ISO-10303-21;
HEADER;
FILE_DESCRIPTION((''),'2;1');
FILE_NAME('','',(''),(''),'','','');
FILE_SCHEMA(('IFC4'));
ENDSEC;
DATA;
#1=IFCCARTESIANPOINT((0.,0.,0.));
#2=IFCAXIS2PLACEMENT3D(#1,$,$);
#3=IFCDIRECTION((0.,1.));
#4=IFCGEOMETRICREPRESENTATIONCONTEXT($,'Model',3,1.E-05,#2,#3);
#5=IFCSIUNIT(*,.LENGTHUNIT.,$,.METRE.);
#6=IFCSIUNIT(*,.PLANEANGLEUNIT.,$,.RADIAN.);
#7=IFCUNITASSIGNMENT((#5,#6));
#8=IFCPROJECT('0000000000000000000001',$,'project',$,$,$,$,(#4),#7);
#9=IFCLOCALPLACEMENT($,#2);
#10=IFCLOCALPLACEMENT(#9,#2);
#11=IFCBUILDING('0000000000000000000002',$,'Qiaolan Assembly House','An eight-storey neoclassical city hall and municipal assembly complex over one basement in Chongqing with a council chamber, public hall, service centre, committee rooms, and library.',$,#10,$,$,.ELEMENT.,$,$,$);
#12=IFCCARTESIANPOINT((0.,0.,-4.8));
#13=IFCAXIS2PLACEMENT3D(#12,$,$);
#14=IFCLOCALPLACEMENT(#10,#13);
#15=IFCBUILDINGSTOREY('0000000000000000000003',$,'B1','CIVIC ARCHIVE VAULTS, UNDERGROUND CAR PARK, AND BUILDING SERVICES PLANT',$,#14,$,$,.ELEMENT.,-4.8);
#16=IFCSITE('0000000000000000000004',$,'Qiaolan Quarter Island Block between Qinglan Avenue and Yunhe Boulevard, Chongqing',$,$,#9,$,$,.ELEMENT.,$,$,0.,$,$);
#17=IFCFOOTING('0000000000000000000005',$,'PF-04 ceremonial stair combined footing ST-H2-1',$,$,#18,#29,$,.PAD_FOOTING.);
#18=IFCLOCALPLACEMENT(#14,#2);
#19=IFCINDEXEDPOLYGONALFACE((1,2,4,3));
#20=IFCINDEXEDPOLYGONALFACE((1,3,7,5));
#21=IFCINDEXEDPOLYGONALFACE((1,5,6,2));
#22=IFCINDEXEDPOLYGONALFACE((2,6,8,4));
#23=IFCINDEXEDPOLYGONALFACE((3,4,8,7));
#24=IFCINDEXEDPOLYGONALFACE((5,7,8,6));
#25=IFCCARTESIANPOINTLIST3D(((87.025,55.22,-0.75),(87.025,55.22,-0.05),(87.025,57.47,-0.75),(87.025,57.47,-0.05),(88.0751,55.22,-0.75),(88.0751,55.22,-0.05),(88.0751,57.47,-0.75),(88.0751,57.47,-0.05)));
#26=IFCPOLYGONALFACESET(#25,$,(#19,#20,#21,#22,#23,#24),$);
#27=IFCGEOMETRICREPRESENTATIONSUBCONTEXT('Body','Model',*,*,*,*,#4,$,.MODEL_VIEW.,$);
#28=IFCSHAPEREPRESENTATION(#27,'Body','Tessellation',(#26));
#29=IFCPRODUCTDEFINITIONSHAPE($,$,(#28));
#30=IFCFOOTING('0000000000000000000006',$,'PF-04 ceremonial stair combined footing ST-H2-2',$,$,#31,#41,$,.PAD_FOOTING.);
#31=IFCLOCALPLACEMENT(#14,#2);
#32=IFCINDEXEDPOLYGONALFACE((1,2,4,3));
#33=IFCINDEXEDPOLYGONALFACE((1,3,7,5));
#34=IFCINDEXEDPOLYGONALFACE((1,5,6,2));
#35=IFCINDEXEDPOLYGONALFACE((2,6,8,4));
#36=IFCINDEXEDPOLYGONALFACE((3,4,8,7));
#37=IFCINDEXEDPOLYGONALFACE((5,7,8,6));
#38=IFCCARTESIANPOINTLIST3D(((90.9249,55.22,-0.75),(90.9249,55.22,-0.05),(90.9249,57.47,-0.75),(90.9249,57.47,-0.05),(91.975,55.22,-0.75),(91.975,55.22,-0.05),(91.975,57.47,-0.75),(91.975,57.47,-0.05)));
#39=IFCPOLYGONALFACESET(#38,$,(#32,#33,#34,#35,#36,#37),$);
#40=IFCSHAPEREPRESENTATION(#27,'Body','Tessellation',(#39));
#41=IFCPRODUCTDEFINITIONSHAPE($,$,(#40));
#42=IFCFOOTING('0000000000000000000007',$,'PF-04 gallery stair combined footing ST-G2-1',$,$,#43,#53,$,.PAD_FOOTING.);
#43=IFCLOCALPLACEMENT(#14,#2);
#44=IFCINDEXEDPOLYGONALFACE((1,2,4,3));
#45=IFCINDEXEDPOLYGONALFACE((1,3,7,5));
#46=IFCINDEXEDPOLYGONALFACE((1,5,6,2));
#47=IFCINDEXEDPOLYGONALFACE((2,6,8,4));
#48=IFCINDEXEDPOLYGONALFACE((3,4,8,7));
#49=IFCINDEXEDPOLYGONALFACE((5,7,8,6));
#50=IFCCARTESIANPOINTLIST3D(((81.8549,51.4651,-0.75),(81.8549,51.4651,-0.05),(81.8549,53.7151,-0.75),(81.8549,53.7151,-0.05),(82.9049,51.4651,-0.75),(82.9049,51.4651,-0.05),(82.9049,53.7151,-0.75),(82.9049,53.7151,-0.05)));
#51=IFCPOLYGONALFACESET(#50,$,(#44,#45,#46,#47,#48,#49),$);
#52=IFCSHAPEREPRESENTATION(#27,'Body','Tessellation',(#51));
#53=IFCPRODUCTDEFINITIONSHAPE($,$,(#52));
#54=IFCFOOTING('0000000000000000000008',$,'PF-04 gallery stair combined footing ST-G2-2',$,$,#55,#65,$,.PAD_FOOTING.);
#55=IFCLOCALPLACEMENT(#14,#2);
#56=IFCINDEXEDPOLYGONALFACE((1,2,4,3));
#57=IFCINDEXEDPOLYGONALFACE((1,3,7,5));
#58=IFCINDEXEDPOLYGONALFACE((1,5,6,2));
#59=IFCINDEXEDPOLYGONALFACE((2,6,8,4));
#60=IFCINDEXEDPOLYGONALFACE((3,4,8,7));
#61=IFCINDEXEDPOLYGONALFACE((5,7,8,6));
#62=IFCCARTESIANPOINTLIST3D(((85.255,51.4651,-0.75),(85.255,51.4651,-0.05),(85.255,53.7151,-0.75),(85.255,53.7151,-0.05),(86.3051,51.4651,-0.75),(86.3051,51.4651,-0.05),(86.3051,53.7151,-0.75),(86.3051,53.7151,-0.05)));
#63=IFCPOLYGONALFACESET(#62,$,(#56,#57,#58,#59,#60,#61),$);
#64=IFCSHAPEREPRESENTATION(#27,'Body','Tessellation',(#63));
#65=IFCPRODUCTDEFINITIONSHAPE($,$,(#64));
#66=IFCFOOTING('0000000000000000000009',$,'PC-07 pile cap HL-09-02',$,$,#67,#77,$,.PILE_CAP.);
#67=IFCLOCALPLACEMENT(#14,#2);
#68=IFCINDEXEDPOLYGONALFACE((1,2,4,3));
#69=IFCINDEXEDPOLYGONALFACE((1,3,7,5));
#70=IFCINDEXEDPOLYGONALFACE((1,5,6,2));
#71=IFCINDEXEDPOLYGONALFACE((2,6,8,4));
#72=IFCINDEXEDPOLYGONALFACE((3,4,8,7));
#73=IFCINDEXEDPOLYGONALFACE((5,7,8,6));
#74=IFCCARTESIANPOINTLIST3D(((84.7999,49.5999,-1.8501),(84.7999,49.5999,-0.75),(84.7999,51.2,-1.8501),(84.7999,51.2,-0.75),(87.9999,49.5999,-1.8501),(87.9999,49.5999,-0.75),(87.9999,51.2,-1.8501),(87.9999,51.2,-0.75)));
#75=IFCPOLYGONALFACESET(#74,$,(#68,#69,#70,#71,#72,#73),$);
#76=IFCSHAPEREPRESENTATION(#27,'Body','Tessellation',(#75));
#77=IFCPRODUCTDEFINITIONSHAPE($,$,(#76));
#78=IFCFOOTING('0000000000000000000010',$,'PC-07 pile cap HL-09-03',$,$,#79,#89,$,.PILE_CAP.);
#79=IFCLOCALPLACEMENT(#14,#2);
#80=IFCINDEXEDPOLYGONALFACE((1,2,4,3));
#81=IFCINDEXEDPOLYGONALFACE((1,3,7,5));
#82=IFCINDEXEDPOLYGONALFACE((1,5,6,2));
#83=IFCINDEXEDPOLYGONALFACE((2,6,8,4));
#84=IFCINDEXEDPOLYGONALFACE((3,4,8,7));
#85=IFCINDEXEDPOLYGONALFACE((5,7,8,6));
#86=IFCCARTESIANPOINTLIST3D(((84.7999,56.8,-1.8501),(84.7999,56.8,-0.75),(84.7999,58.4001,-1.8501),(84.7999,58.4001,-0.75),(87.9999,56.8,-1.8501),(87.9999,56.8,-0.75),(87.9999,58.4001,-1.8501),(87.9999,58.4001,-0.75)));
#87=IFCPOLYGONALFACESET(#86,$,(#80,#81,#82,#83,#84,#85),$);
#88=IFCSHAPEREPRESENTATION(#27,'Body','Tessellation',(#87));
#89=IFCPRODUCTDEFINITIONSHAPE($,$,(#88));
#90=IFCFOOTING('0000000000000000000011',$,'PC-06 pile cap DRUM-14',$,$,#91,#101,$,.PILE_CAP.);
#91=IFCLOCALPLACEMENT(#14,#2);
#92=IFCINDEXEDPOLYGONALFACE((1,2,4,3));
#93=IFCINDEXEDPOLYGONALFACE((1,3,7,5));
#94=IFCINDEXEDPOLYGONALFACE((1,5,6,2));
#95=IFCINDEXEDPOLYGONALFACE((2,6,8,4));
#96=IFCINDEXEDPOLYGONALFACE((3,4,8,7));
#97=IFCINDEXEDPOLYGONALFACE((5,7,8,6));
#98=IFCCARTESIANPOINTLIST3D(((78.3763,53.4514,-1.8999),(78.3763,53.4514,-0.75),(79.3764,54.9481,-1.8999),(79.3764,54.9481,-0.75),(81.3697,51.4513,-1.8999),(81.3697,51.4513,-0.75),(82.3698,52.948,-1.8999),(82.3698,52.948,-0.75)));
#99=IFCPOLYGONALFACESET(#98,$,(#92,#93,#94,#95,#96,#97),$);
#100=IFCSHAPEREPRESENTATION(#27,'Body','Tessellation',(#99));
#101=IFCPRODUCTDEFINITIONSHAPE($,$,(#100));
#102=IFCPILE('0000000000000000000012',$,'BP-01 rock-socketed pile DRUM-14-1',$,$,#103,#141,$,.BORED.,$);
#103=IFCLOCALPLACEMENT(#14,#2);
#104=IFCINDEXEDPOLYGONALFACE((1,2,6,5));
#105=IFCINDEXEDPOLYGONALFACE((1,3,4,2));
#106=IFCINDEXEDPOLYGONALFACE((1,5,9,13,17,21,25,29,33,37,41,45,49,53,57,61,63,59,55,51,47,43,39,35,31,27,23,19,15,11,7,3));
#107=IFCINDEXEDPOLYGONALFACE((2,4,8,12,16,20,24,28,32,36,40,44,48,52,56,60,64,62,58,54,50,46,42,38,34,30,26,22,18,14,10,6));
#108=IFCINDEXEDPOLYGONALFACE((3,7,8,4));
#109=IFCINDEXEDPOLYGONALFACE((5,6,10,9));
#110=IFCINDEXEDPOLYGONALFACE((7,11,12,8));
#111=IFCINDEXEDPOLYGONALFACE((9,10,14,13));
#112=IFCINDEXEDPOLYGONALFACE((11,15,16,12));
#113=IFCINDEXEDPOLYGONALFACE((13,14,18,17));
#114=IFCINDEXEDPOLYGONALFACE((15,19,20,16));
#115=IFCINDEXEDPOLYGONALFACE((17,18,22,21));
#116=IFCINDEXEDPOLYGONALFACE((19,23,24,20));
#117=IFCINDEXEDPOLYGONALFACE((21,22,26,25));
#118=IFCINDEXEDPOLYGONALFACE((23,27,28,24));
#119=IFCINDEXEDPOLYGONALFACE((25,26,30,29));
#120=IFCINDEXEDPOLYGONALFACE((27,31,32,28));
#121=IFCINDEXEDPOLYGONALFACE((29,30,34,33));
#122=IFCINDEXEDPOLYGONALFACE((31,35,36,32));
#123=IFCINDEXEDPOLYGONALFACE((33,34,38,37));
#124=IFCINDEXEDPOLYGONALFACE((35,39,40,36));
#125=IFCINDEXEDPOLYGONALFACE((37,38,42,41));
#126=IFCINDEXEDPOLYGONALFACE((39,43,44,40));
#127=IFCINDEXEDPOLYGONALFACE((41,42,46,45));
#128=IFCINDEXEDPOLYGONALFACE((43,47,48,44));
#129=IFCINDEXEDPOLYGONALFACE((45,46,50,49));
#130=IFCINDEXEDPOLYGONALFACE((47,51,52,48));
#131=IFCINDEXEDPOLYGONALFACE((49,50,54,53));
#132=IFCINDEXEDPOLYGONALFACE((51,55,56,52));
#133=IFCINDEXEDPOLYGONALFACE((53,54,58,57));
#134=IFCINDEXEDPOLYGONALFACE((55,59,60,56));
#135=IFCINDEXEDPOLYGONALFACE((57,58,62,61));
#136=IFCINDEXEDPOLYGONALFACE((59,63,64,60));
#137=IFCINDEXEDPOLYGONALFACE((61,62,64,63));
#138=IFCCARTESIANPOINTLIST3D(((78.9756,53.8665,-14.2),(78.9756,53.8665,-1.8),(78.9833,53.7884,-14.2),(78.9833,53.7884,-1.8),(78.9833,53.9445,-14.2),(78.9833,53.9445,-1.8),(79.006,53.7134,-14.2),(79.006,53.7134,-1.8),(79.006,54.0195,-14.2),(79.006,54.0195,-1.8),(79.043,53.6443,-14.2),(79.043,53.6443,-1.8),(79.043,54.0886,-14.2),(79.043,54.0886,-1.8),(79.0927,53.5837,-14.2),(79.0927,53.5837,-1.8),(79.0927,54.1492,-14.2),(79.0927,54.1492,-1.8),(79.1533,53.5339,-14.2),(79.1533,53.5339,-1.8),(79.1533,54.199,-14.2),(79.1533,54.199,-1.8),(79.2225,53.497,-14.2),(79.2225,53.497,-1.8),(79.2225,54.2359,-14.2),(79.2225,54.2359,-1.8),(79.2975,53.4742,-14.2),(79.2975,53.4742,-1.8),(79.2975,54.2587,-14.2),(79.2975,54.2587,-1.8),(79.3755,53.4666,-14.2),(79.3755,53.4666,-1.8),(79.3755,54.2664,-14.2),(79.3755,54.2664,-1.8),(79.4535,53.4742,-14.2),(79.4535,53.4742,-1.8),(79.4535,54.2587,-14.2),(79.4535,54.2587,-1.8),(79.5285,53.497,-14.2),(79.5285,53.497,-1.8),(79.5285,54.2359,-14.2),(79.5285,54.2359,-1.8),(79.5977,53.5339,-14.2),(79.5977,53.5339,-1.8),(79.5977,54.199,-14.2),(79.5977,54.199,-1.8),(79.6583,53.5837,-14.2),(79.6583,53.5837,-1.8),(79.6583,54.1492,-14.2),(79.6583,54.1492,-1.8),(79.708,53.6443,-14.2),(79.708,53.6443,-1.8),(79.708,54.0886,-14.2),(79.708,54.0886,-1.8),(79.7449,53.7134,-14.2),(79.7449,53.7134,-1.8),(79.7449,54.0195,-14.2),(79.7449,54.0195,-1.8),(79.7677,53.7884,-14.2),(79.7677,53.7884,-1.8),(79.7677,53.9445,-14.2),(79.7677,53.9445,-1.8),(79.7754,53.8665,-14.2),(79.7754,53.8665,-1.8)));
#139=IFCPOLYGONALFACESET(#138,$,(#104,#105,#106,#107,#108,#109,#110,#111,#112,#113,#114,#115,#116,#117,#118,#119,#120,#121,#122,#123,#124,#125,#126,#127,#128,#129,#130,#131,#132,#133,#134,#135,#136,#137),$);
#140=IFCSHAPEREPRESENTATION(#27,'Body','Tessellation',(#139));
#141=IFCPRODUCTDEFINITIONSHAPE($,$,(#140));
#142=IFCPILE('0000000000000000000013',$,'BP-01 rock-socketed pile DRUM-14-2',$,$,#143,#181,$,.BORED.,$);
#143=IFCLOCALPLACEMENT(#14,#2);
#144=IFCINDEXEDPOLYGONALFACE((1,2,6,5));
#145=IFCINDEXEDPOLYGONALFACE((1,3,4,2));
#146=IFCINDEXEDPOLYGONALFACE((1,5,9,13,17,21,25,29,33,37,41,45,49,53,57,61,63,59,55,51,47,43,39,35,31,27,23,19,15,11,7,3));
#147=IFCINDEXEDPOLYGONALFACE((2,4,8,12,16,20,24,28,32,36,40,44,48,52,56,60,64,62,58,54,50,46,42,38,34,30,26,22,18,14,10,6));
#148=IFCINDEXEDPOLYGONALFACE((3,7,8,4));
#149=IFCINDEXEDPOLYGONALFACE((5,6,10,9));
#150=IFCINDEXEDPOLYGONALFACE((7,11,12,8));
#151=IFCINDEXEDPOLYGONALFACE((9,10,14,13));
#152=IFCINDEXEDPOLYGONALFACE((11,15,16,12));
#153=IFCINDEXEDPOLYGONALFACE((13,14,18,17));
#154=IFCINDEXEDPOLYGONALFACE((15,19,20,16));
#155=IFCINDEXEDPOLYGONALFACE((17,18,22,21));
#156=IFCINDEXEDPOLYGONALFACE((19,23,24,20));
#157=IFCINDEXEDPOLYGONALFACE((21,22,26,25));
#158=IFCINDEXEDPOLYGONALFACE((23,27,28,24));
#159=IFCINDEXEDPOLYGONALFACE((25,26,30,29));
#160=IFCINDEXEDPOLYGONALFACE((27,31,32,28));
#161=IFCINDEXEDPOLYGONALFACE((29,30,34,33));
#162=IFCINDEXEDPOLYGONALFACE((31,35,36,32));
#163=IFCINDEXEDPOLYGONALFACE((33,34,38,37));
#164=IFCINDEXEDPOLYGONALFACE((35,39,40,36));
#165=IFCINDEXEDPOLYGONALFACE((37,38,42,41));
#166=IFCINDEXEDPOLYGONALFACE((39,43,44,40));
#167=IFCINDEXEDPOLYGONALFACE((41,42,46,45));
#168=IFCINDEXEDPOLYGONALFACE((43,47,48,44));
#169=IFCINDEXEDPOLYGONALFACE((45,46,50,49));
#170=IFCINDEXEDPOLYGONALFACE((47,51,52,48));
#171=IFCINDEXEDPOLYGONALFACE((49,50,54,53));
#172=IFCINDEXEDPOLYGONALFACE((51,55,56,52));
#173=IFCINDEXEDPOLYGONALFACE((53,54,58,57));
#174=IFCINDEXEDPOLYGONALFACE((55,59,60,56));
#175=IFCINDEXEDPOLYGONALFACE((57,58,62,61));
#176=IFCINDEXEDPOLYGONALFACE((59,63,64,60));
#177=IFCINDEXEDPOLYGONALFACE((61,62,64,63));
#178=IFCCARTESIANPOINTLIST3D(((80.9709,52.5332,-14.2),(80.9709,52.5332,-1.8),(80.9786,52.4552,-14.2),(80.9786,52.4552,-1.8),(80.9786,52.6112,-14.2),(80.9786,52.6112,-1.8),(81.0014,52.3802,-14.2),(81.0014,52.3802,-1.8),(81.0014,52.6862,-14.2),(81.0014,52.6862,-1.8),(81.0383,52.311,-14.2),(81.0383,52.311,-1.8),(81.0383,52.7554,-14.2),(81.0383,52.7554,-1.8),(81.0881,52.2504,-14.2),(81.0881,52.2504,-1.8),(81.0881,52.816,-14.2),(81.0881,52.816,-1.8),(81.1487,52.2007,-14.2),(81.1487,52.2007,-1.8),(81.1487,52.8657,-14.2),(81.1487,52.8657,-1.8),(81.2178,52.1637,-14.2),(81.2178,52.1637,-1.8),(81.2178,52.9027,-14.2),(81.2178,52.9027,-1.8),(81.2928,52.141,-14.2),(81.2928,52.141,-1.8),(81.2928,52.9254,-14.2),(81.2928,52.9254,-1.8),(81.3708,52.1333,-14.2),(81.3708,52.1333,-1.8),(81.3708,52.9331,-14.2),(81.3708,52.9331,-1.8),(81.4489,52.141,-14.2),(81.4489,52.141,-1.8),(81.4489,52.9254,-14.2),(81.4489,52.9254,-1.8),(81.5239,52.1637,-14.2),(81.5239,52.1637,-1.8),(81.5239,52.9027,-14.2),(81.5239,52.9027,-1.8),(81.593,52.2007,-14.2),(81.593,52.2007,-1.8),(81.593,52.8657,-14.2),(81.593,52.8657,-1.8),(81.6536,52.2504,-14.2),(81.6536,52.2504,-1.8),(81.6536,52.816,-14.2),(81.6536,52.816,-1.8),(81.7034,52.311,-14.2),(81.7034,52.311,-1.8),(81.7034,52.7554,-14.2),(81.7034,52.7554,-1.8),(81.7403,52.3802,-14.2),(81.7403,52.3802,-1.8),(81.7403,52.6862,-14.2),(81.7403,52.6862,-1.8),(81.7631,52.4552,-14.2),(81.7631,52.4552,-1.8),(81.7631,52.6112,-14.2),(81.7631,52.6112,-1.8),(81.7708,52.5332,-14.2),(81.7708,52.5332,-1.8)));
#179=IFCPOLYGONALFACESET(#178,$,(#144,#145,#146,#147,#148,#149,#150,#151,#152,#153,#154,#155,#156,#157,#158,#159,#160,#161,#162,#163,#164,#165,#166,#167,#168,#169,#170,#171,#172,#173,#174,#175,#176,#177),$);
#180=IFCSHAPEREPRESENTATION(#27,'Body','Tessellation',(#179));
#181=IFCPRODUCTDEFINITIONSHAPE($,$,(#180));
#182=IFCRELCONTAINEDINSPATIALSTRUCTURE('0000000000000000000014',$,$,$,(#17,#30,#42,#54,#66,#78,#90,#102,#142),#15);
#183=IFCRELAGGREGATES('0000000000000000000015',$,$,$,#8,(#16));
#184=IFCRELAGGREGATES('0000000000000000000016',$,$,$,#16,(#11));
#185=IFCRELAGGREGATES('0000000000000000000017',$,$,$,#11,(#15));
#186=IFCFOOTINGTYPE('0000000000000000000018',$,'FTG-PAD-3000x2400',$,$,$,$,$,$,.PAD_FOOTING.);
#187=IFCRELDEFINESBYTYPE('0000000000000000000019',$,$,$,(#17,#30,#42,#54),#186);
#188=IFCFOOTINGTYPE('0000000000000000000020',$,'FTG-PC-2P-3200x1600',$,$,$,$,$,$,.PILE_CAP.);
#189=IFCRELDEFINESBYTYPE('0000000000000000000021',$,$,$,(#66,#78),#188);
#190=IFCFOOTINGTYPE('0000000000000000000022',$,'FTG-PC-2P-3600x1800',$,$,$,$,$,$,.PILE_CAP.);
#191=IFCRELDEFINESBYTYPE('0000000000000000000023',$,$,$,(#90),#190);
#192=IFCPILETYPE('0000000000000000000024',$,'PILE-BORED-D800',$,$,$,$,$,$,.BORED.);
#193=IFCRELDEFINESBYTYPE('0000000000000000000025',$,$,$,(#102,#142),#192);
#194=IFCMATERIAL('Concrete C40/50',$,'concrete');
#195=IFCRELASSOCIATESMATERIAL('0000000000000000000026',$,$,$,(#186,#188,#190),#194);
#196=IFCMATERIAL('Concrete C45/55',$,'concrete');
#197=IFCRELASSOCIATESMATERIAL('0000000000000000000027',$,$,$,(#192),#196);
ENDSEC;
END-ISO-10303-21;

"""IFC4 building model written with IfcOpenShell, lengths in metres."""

from ifc_helpers import new_model, si_unit, direction, frame, origin, origin_2d, place, context, subcontext, project, spatial, rectangle, circle, extrude, material, material_profile, profile_set, type_object, element, save


model = new_model("IFC4")

# Units and contexts
model_context = context("Model", 3, precision=1e-05, world=origin(), true_north=direction((0.0, 1.0)))
body_context = subcontext(model_context, "Body", "Model", "MODEL_VIEW")
ifc_project = project(units=[si_unit("LENGTHUNIT", "METRE"), si_unit("PLANEANGLEUNIT", "RADIAN")], contexts=[model_context])

# Site, building, storey
site_placement = place(None, origin())
site = spatial("IfcSite", under=ifc_project, at=site_placement, Name="Qiaolan Quarter Island Block between Qinglan Avenue and Yunhe Boulevard, Chongqing", CompositionType="ELEMENT", RefElevation=0.0)
building_placement = place(site_placement, origin())
building = spatial("IfcBuilding", under=site, at=building_placement, Name="Qiaolan Assembly House", Description="An eight-storey neoclassical city hall and municipal assembly complex over one basement in Chongqing with a council chamber, public hall, service centre, committee rooms, and library.", CompositionType="ELEMENT")
storey_placement = place(building_placement, frame((0.0, 0.0, -4.8)))
storey = spatial("IfcBuildingStorey", under=building, at=storey_placement, Name="B1", Description="CIVIC ARCHIVE VAULTS, UNDERGROUND CAR PARK, AND BUILDING SERVICES PLANT", CompositionType="ELEMENT", Elevation=-4.8)

# Footings
ifc_material_1 = material(Name="Concrete C40/50", Category="concrete")
footing_type_1 = type_object("IfcFootingType", Name="FTG-PAD-3000x2400", PredefinedType="PAD_FOOTING", material=ifc_material_1)
for number, where, z_axis, x_axis, name in (
    (1, (87.55, 56.345, -0.75), (0.0, 0.0, 1.0), (1.0, 0.0, 0.0), "PF-04 ceremonial stair combined footing ST-H2-1"),
    (2, (91.45, 56.345, -0.75), (0.0, 0.0, 1.0), (1.0, 0.0, 0.0), "PF-04 ceremonial stair combined footing ST-H2-2"),
    (3, (82.3799, 52.5901, -0.75), (0.0, 0.0, 1.0), (1.0, 0.0, 0.0), "PF-04 gallery stair combined footing ST-G2-1"),
    (4, (85.78, 52.5901, -0.75), (0.0, 0.0, 1.0), (1.0, 0.0, 0.0), "PF-04 gallery stair combined footing ST-G2-2"),
):
    element("IfcFooting", number, at=place(storey_placement, frame(where, z_axis=z_axis, x_axis=x_axis)), inside=storey, type_object=footing_type_1, Name=name, PredefinedType="PAD_FOOTING", context=body_context, shape_type="SweptSolid", body=[
        extrude(rectangle(XDim=1.05, YDim=2.25, at=origin_2d()), origin(), (0.0, 0.0, 1.0), 0.7),
    ])
footing_type_2 = type_object("IfcFootingType", Name="FTG-PC-2P-3200x1600", PredefinedType="PILE_CAP", material=ifc_material_1)
for number, where, z_axis, x_axis, name in (
    (5, (86.3999, 50.3999, -1.8501), (0.0, 0.0, 1.0), (1.0, 0.0, 0.0), "PC-07 pile cap HL-09-02"),
    (6, (86.3999, 57.6001, -1.8501), (0.0, 0.0, 1.0), (1.0, 0.0, 0.0), "PC-07 pile cap HL-09-03"),
):
    element("IfcFooting", number, at=place(storey_placement, frame(where, z_axis=z_axis, x_axis=x_axis)), inside=storey, type_object=footing_type_2, Name=name, PredefinedType="PILE_CAP", context=body_context, shape_type="SweptSolid", body=[
        extrude(rectangle(XDim=3.2, YDim=1.6001, at=origin_2d()), origin(), (0.0, 0.0, 1.0), 1.1001),
    ])
footing_type_3 = type_object("IfcFootingType", Name="FTG-PC-2P-3600x1800", PredefinedType="PILE_CAP", material=ifc_material_1)
footing_placement = place(storey_placement, frame((80.373, 53.1997, -1.8999), z_axis=(0.0, 0.0, 1.0), x_axis=(0.83147, -0.55557, 0.0)))
element("IfcFooting", 7, at=footing_placement, inside=storey, type_object=footing_type_3, Name="PC-06 pile cap DRUM-14", PredefinedType="PILE_CAP", context=body_context, shape_type="SweptSolid", body=[
    extrude(rectangle(XDim=3.6001, YDim=1.8, at=origin_2d()), origin(), (0.0, 0.0, 1.0), 1.1499),
])

# Piles
ifc_material_2 = material(Name="Concrete C45/55", Category="concrete")
ifc_material_profile_1 = material_profile(ifc_material_2, circle(Radius=0.3999, at=origin_2d()), Name="PILE D800")
ifc_profile_set_1 = profile_set([ifc_material_profile_1], Name="Concrete C45/55")
pile_type = type_object("IfcPileType", Name="PILE-BORED-D800", PredefinedType="BORED", material=ifc_profile_set_1)
for number, where, z_axis, x_axis, name in (
    (8, (79.3755, 53.8665, -1.8), (0.0, 0.0, -1.0), (1.0, 0.0, 0.0), "BP-01 rock-socketed pile DRUM-14-1"),
    (9, (81.3708, 52.5332, -1.8), (0.0, 0.0, -1.0), (1.0, 0.0, 0.0), "BP-01 rock-socketed pile DRUM-14-2"),
):
    element("IfcPile", number, at=place(storey_placement, frame(where, z_axis=z_axis, x_axis=x_axis)), inside=storey, type_object=pile_type, Name=name, PredefinedType="BORED", context=body_context, shape_type="SweptSolid", body=[
        extrude(circle(Radius=0.3999, at=origin_2d()), origin(), (0.0, 0.0, 1.0), 12.3999),
    ])

save(model, "model.ifc")
